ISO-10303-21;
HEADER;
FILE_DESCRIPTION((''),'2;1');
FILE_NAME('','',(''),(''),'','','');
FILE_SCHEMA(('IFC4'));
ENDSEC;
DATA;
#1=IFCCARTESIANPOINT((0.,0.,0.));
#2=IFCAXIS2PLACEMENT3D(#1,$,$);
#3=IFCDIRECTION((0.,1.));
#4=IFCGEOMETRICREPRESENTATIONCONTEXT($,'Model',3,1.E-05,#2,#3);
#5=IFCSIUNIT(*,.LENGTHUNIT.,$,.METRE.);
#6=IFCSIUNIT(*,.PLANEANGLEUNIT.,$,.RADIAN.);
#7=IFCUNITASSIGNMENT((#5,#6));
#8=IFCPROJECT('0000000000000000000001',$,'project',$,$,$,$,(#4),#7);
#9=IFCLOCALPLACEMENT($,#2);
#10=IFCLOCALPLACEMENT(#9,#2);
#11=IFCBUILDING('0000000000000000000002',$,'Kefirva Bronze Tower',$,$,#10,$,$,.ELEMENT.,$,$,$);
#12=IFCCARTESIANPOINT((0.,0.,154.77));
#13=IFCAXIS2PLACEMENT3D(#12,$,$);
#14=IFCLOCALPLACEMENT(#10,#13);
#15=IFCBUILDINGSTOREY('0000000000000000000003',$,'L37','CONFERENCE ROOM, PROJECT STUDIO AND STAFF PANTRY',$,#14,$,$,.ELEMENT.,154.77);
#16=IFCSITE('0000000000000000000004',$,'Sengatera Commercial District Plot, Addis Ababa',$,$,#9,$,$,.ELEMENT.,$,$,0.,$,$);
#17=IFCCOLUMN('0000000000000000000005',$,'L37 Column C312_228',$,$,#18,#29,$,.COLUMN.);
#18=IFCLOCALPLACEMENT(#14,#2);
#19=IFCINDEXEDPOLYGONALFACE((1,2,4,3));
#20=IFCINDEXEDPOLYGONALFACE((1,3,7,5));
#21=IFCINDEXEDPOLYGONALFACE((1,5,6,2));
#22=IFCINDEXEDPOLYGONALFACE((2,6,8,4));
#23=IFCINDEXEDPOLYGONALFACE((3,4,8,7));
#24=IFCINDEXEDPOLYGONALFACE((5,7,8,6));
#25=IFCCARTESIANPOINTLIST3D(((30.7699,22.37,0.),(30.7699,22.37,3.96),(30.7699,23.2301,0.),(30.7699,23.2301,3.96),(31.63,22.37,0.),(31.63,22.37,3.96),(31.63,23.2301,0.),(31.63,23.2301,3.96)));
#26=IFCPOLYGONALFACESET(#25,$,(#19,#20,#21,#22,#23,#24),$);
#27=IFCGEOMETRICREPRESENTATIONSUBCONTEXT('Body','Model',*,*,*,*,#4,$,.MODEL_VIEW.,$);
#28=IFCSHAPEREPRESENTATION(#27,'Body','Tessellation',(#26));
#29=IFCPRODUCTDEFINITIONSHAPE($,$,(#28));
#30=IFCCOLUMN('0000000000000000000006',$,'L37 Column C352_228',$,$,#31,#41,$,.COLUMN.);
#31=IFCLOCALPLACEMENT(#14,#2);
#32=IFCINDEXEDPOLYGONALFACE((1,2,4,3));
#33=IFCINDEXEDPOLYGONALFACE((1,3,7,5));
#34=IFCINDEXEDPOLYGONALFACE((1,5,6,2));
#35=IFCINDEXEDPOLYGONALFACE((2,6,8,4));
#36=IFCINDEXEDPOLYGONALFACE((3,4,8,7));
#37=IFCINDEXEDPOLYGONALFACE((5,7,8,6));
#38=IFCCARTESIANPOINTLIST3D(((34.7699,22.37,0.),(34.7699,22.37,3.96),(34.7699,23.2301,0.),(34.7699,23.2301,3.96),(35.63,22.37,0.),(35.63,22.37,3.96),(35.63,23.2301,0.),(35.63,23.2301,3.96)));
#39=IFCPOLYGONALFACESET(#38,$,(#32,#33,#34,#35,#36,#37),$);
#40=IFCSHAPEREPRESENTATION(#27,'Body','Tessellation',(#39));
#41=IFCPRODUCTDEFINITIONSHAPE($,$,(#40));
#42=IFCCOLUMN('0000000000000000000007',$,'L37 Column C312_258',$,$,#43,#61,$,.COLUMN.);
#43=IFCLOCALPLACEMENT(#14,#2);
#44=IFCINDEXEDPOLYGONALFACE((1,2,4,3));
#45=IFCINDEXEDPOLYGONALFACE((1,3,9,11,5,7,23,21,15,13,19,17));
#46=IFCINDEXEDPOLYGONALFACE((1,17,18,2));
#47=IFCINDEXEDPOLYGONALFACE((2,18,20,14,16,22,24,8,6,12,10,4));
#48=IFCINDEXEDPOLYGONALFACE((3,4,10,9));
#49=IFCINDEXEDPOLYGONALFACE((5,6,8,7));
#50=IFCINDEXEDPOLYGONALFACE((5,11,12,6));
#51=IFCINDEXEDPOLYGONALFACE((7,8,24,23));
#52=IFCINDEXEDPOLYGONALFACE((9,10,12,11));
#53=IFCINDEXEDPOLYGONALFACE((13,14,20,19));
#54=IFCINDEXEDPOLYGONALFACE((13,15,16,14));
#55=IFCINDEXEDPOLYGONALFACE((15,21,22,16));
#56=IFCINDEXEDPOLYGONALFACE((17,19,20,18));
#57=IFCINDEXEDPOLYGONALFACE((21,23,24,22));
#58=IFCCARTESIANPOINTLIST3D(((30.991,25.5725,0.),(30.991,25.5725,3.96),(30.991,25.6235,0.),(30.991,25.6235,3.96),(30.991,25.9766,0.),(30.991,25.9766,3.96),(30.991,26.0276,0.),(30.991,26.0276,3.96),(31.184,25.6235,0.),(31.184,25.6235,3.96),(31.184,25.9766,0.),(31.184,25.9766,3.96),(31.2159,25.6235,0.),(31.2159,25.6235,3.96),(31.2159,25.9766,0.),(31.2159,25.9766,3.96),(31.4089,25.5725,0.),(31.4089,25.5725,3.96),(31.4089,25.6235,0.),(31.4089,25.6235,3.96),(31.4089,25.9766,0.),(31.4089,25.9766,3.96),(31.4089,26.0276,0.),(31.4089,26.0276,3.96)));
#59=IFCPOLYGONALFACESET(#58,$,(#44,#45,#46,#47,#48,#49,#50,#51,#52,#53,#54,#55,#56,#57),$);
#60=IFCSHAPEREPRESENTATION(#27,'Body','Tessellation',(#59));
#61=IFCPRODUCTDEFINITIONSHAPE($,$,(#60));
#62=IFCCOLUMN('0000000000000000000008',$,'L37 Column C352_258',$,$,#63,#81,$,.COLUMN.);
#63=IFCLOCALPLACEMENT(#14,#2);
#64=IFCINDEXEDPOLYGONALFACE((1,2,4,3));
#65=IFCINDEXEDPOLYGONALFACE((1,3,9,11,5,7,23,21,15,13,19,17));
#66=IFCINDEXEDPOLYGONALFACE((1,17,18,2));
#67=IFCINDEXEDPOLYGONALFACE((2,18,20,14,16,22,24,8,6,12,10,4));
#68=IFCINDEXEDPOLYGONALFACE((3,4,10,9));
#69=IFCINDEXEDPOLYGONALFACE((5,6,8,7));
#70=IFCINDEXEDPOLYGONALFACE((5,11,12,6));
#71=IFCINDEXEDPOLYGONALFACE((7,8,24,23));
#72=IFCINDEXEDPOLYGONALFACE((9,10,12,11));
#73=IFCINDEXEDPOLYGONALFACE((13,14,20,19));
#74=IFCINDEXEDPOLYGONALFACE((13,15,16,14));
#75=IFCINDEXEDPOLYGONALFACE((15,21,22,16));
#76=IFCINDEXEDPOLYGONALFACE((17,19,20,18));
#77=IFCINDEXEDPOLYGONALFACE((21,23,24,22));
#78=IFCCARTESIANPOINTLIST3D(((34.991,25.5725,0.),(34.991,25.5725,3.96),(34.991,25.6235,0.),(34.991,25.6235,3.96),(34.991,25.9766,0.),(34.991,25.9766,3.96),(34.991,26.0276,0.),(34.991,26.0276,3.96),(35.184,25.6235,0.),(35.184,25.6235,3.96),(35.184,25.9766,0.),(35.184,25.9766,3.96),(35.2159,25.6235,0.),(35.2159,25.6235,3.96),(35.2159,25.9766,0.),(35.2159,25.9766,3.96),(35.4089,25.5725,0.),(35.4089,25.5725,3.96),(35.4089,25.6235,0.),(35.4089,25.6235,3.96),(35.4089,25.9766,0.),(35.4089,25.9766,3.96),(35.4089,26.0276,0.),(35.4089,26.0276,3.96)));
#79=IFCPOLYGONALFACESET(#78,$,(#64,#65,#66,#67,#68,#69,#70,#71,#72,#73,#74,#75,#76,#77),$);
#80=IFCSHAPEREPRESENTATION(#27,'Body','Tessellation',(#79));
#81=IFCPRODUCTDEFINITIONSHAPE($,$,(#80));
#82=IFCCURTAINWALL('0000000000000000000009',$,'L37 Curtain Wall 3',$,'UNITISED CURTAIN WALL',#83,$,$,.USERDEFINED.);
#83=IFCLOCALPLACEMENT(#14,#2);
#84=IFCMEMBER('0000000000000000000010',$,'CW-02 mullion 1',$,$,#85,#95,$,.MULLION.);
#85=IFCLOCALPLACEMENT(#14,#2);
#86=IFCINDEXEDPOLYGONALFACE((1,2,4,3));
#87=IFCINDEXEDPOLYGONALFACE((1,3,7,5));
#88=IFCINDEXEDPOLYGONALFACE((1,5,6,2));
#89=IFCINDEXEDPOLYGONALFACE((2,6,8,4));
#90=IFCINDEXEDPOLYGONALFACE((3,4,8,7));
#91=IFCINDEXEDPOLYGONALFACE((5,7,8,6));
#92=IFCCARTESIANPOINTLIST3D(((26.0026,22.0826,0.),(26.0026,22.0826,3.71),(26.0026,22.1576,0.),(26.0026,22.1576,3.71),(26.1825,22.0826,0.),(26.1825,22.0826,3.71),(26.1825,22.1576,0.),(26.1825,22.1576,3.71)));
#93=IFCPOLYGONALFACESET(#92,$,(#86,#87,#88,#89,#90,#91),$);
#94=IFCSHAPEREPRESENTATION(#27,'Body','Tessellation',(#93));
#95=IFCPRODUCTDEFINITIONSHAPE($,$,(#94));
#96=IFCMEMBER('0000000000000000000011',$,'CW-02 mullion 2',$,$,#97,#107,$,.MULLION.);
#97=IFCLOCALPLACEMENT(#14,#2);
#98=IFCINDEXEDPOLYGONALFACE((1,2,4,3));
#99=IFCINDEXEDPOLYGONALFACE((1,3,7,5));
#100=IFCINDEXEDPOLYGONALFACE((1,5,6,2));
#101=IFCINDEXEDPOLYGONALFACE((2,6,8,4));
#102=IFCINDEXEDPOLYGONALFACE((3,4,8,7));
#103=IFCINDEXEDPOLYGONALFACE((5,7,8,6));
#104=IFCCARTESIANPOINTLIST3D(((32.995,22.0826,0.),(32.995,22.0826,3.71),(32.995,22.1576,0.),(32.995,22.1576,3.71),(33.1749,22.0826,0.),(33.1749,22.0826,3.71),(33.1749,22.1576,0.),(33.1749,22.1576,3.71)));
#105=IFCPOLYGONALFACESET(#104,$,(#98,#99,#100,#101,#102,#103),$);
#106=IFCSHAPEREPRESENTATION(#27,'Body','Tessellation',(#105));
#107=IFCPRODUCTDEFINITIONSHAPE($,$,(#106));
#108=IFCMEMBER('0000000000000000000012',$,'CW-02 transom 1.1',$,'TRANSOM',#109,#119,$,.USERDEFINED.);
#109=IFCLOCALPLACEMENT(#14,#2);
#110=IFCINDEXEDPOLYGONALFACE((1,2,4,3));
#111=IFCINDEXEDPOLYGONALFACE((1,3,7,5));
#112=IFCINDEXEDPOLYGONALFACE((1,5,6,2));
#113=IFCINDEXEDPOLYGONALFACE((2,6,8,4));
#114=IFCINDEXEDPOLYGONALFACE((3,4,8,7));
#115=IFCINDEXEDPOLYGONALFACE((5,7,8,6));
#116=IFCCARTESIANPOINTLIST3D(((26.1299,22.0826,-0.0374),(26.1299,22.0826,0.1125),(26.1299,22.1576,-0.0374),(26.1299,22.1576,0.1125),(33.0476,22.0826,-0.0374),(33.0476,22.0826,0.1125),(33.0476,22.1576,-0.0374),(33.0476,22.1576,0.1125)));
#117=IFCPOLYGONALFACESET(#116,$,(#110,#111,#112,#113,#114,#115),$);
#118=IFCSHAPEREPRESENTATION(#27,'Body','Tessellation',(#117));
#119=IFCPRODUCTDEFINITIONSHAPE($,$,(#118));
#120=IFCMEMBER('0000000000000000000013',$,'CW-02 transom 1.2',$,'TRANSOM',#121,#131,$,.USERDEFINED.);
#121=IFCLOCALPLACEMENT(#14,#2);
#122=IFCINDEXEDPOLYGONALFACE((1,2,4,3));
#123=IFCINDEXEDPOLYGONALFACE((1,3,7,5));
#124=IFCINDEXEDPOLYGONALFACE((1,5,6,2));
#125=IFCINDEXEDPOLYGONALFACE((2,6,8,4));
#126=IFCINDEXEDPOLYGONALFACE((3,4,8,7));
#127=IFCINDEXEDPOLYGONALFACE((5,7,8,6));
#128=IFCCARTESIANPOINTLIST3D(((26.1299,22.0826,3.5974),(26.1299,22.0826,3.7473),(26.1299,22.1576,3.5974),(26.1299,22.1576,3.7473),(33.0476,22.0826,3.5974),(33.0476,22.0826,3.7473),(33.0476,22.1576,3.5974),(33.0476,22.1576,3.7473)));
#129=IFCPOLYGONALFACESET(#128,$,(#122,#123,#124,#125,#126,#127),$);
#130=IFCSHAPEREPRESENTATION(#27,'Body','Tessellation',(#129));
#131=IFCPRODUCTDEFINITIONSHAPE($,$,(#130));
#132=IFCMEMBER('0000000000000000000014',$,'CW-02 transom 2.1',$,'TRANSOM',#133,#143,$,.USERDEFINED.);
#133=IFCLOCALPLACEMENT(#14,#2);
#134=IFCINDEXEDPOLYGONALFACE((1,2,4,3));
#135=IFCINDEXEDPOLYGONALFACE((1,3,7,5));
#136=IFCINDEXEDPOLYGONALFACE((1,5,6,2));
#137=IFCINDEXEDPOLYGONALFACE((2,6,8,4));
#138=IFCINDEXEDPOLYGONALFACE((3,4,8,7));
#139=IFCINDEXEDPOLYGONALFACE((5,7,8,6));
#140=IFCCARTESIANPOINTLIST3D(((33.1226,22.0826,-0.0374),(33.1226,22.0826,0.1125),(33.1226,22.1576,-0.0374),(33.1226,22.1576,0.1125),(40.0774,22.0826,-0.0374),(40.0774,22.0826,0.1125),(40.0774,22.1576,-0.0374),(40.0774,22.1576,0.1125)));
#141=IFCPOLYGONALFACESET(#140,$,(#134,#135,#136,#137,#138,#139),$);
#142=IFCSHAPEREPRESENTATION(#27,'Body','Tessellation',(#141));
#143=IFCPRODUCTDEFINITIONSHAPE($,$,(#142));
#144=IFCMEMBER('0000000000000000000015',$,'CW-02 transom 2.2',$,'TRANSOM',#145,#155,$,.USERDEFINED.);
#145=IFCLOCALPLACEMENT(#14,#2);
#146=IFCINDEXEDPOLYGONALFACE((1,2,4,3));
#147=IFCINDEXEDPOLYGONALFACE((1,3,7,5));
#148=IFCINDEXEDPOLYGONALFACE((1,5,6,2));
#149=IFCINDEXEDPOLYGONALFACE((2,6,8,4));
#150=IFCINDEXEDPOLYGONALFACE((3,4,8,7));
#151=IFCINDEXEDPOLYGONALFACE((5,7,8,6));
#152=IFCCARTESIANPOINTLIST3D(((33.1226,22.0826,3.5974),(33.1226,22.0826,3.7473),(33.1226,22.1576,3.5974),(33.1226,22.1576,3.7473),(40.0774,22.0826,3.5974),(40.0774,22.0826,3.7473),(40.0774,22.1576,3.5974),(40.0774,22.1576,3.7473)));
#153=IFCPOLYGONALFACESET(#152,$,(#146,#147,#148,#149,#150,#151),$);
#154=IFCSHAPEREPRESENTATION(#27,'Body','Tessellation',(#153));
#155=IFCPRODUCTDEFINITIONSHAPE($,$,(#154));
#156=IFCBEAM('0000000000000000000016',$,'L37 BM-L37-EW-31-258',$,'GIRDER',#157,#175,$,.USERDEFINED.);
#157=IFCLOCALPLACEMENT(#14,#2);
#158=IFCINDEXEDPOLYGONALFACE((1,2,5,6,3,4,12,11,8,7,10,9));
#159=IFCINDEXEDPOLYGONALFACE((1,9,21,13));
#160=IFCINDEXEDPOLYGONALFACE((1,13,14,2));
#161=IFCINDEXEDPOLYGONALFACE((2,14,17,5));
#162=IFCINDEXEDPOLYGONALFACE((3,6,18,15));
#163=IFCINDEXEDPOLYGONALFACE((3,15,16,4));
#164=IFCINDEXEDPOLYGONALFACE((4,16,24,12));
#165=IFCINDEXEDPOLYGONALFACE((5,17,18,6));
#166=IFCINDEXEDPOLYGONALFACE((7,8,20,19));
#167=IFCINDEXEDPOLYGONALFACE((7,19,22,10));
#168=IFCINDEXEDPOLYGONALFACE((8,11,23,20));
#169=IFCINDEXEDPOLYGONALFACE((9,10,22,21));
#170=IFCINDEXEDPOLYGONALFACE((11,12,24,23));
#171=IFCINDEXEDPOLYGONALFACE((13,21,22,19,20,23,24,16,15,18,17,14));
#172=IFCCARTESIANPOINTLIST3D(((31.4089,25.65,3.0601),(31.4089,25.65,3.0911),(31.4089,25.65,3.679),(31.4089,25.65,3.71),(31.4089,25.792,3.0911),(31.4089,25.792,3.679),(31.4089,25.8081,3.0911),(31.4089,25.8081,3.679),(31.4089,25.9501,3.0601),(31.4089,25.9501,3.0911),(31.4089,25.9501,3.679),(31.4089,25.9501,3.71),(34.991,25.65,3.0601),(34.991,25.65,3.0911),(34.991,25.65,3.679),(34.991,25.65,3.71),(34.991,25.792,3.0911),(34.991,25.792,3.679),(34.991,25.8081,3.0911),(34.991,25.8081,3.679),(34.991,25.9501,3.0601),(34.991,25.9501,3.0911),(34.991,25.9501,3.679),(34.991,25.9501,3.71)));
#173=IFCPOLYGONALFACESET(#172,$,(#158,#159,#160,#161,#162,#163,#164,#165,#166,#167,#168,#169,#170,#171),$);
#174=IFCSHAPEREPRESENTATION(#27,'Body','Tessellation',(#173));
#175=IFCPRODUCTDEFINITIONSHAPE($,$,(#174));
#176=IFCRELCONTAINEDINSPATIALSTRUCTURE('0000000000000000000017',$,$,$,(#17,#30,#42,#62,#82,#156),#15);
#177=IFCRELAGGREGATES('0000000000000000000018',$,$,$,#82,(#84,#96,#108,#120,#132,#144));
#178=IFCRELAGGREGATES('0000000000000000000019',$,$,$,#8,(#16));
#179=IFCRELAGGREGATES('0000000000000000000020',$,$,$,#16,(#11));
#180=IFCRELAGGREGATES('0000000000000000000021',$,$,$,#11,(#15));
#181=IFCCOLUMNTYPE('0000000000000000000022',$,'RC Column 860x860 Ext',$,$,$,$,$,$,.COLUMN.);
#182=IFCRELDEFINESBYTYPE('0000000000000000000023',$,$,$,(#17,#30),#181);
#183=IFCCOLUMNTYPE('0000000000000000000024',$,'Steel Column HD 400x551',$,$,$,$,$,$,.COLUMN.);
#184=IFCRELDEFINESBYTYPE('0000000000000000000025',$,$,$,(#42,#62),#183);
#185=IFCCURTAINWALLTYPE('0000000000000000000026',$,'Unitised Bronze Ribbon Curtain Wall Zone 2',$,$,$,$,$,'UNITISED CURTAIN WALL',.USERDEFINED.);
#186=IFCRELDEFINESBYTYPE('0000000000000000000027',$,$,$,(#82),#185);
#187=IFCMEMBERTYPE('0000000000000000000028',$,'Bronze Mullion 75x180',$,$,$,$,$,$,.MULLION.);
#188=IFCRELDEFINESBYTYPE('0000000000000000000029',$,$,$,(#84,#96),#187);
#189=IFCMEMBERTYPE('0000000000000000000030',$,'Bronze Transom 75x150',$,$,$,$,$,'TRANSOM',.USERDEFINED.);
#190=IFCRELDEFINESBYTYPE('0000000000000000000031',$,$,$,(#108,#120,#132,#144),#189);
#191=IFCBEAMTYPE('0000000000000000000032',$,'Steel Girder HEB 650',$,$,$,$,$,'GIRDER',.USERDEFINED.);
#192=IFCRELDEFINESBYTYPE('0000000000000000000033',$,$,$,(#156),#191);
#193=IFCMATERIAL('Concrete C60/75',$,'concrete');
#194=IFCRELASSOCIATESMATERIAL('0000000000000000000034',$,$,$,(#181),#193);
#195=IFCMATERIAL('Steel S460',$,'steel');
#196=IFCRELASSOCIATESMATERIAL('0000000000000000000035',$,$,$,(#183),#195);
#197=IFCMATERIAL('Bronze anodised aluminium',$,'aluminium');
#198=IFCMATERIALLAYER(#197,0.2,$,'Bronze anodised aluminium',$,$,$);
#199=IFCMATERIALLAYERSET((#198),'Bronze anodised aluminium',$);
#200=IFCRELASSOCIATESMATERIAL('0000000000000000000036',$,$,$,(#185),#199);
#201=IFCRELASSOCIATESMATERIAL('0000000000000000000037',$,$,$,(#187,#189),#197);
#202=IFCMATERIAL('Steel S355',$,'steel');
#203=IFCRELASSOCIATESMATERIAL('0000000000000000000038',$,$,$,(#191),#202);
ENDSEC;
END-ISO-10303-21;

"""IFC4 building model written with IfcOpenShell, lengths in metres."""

from ifc_helpers import new_model, si_unit, direction, frame, origin, origin_2d, place, context, subcontext, project, spatial, rectangle, i_section, extrude, material, layer, layer_set, material_profile, profile_set, type_object, element, aggregate, save


model = new_model("IFC4")

# Units and contexts
model_context = context("Model", 3, precision=1e-05, world=origin(), true_north=direction((0.0, 1.0)))
body_context = subcontext(model_context, "Body", "Model", "MODEL_VIEW")
ifc_project = project(units=[si_unit("LENGTHUNIT", "METRE"), si_unit("PLANEANGLEUNIT", "RADIAN")], contexts=[model_context])

# Site, building, storey
site_placement = place(None, origin())
site = spatial("IfcSite", under=ifc_project, at=site_placement, Name="Sengatera Commercial District Plot, Addis Ababa", CompositionType="ELEMENT", RefElevation=0.0)
building_placement = place(site_placement, origin())
building = spatial("IfcBuilding", under=site, at=building_placement, Name="Kefirva Bronze Tower", CompositionType="ELEMENT")
storey_placement = place(building_placement, frame((0.0, 0.0, 154.77)))
storey = spatial("IfcBuildingStorey", under=building, at=storey_placement, Name="L37", Description="CONFERENCE ROOM, PROJECT STUDIO AND STAFF PANTRY", CompositionType="ELEMENT", Elevation=154.77)

# Columns
ifc_material_1 = material(Name="Concrete C60/75", Category="concrete")
ifc_material_profile_1 = material_profile(ifc_material_1, rectangle(XDim=0.8601, YDim=0.8601, at=origin_2d()), Name="RC 860x860")
ifc_profile_set_1 = profile_set([ifc_material_profile_1], Name="Concrete C60/75")
column_type_1 = type_object("IfcColumnType", Name="RC Column 860x860 Ext", PredefinedType="COLUMN", material=ifc_profile_set_1)
for number, where, z_axis, x_axis, name in (
    (1, (31.2, 22.8, 0.0), (0.0, 0.0, 1.0), (1.0, 0.0, 0.0), "L37 Column C312_228"),
    (2, (35.2, 22.8, 0.0), (0.0, 0.0, 1.0), (1.0, 0.0, 0.0), "L37 Column C352_228"),
):
    element("IfcColumn", number, at=place(storey_placement, frame(where, z_axis=z_axis, x_axis=x_axis)), inside=storey, type_object=column_type_1, Name=name, PredefinedType="COLUMN", context=body_context, shape_type="SweptSolid", body=[
        extrude(rectangle(XDim=0.8601, YDim=0.8601, at=origin_2d()), origin(), (0.0, 0.0, 1.0), 3.96),
    ])
ifc_material_2 = material(Name="Steel S460", Category="steel")
ifc_material_profile_2 = material_profile(ifc_material_2, i_section(OverallWidth=0.418, OverallDepth=0.4551, WebThickness=0.032, FlangeThickness=0.051, at=origin_2d()), Name="HD 400x551")
ifc_profile_set_2 = profile_set([ifc_material_profile_2], Name="Steel S460")
column_type_2 = type_object("IfcColumnType", Name="Steel Column HD 400x551", PredefinedType="COLUMN", material=ifc_profile_set_2)
for number, where, z_axis, x_axis, name in (
    (3, (31.2, 25.8, 0.0), (0.0, 0.0, 1.0), (1.0, 0.0, 0.0), "L37 Column C312_258"),
    (4, (35.2, 25.8, 0.0), (0.0, 0.0, 1.0), (1.0, 0.0, 0.0), "L37 Column C352_258"),
):
    element("IfcColumn", number, at=place(storey_placement, frame(where, z_axis=z_axis, x_axis=x_axis)), inside=storey, type_object=column_type_2, Name=name, PredefinedType="COLUMN", context=body_context, shape_type="SweptSolid", body=[
        extrude(i_section(OverallWidth=0.418, OverallDepth=0.4551, WebThickness=0.032, FlangeThickness=0.051, at=origin_2d()), origin(), (0.0, 0.0, 1.0), 3.96),
    ])

# Curtain wall, members
ifc_material_3 = material(Name="Bronze anodised aluminium", Category="aluminium")
ifc_layer_1 = layer(ifc_material_3, 0.2, Name="Bronze anodised aluminium")
ifc_layer_set_1 = layer_set([ifc_layer_1], Name="Bronze anodised aluminium")
curtain_wall_type = type_object("IfcCurtainWallType", Name="Unitised Bronze Ribbon Curtain Wall Zone 2", ElementType="UNITISED CURTAIN WALL", PredefinedType="USERDEFINED", material=ifc_layer_set_1)
curtain_wall_placement = place(storey_placement, origin())
curtain_wall = element("IfcCurtainWall", 5, at=curtain_wall_placement, inside=storey, type_object=curtain_wall_type, Name="L37 Curtain Wall 3", ObjectType="UNITISED CURTAIN WALL", PredefinedType="USERDEFINED")
ifc_material_profile_3 = material_profile(ifc_material_3, rectangle(XDim=0.075, YDim=0.1799, at=origin_2d()), Name="ALU 75x180")
ifc_profile_set_3 = profile_set([ifc_material_profile_3], Name="Bronze anodised aluminium")
member_type_1 = type_object("IfcMemberType", Name="Bronze Mullion 75x180", PredefinedType="MULLION", material=ifc_profile_set_3)
member_1_placement = place(storey_placement, frame((26.0925, 22.1201, 0.0), z_axis=(0.0, 0.0, 1.0), x_axis=(0.0, 1.0, 0.0)))
member_1 = element("IfcMember", 6, at=member_1_placement, type_object=member_type_1, Name="CW-02 mullion 1", PredefinedType="MULLION", context=body_context, shape_type="SweptSolid", body=[
    extrude(rectangle(XDim=0.075, YDim=0.1799, at=origin_2d()), origin(), (0.0, 0.0, 1.0), 3.71),
])
member_2_placement = place(storey_placement, frame((33.085, 22.1201, 0.0), z_axis=(0.0, 0.0, 1.0), x_axis=(0.0, 1.0, 0.0)))
member_2 = element("IfcMember", 7, at=member_2_placement, type_object=member_type_1, Name="CW-02 mullion 2", PredefinedType="MULLION", context=body_context, shape_type="SweptSolid", body=[
    extrude(rectangle(XDim=0.075, YDim=0.1799, at=origin_2d()), origin(), (0.0, 0.0, 1.0), 3.71),
])
ifc_material_profile_4 = material_profile(ifc_material_3, rectangle(XDim=0.075, YDim=0.1499, at=origin_2d()), Name="ALU 75x150")
ifc_profile_set_4 = profile_set([ifc_material_profile_4], Name="Bronze anodised aluminium")
member_type_2 = type_object("IfcMemberType", Name="Bronze Transom 75x150", ElementType="TRANSOM", PredefinedType="USERDEFINED", material=ifc_profile_set_4)
member_3_placement = place(storey_placement, frame((26.1299, 22.1201, 0.0376), z_axis=(1.0, 0.0, 0.0), x_axis=(0.0, 1.0, 0.0)))
member_3 = element("IfcMember", 8, at=member_3_placement, type_object=member_type_2, Name="CW-02 transom 1.1", ObjectType="TRANSOM", PredefinedType="USERDEFINED", context=body_context, shape_type="SweptSolid", body=[
    extrude(rectangle(XDim=0.075, YDim=0.1499, at=origin_2d()), origin(), (0.0, 0.0, 1.0), 6.9177),
])
member_4_placement = place(storey_placement, frame((26.1299, 22.1201, 3.6724), z_axis=(1.0, 0.0, 0.0), x_axis=(0.0, 1.0, 0.0)))
member_4 = element("IfcMember", 9, at=member_4_placement, type_object=member_type_2, Name="CW-02 transom 1.2", ObjectType="TRANSOM", PredefinedType="USERDEFINED", context=body_context, shape_type="SweptSolid", body=[
    extrude(rectangle(XDim=0.075, YDim=0.1499, at=origin_2d()), origin(), (0.0, 0.0, 1.0), 6.9177),
])
member_5_placement = place(storey_placement, frame((33.1226, 22.1201, 0.0376), z_axis=(1.0, 0.0, 0.0), x_axis=(0.0, 1.0, 0.0)))
member_5 = element("IfcMember", 10, at=member_5_placement, type_object=member_type_2, Name="CW-02 transom 2.1", ObjectType="TRANSOM", PredefinedType="USERDEFINED", context=body_context, shape_type="SweptSolid", body=[
    extrude(rectangle(XDim=0.075, YDim=0.1499, at=origin_2d()), origin(), (0.0, 0.0, 1.0), 6.9548),
])
member_6_placement = place(storey_placement, frame((33.1226, 22.1201, 3.6724), z_axis=(1.0, 0.0, 0.0), x_axis=(0.0, 1.0, 0.0)))
member_6 = element("IfcMember", 11, at=member_6_placement, type_object=member_type_2, Name="CW-02 transom 2.2", ObjectType="TRANSOM", PredefinedType="USERDEFINED", context=body_context, shape_type="SweptSolid", body=[
    extrude(rectangle(XDim=0.075, YDim=0.1499, at=origin_2d()), origin(), (0.0, 0.0, 1.0), 6.9548),
])

# Beam
ifc_material_4 = material(Name="Steel S355", Category="steel")
ifc_material_profile_5 = material_profile(ifc_material_4, i_section(OverallWidth=0.3, OverallDepth=0.6499, WebThickness=0.0161, FlangeThickness=0.031, at=origin_2d()), Name="HEB 650")
ifc_profile_set_5 = profile_set([ifc_material_profile_5], Name="Steel S355")
beam_type_1 = type_object("IfcBeamType", Name="Steel Girder HEB 650", ElementType="GIRDER", PredefinedType="USERDEFINED", material=ifc_profile_set_5)
beam_1_placement = place(storey_placement, frame((31.4089, 25.8, 3.385), z_axis=(1.0, 0.0, 0.0), x_axis=(0.0, 1.0, 0.0)))
element("IfcBeam", 12, at=beam_1_placement, inside=storey, type_object=beam_type_1, Name="L37 BM-L37-EW-31-258", ObjectType="GIRDER", PredefinedType="USERDEFINED", context=body_context, shape_type="SweptSolid", body=[
    extrude(i_section(OverallWidth=0.3, OverallDepth=0.6499, WebThickness=0.0161, FlangeThickness=0.031, at=origin_2d()), origin(), (0.0, 0.0, 1.0), 3.582),
])

aggregate(curtain_wall, [member_1, member_2, member_3, member_4, member_5, member_6])

save(model, "model.ifc")
